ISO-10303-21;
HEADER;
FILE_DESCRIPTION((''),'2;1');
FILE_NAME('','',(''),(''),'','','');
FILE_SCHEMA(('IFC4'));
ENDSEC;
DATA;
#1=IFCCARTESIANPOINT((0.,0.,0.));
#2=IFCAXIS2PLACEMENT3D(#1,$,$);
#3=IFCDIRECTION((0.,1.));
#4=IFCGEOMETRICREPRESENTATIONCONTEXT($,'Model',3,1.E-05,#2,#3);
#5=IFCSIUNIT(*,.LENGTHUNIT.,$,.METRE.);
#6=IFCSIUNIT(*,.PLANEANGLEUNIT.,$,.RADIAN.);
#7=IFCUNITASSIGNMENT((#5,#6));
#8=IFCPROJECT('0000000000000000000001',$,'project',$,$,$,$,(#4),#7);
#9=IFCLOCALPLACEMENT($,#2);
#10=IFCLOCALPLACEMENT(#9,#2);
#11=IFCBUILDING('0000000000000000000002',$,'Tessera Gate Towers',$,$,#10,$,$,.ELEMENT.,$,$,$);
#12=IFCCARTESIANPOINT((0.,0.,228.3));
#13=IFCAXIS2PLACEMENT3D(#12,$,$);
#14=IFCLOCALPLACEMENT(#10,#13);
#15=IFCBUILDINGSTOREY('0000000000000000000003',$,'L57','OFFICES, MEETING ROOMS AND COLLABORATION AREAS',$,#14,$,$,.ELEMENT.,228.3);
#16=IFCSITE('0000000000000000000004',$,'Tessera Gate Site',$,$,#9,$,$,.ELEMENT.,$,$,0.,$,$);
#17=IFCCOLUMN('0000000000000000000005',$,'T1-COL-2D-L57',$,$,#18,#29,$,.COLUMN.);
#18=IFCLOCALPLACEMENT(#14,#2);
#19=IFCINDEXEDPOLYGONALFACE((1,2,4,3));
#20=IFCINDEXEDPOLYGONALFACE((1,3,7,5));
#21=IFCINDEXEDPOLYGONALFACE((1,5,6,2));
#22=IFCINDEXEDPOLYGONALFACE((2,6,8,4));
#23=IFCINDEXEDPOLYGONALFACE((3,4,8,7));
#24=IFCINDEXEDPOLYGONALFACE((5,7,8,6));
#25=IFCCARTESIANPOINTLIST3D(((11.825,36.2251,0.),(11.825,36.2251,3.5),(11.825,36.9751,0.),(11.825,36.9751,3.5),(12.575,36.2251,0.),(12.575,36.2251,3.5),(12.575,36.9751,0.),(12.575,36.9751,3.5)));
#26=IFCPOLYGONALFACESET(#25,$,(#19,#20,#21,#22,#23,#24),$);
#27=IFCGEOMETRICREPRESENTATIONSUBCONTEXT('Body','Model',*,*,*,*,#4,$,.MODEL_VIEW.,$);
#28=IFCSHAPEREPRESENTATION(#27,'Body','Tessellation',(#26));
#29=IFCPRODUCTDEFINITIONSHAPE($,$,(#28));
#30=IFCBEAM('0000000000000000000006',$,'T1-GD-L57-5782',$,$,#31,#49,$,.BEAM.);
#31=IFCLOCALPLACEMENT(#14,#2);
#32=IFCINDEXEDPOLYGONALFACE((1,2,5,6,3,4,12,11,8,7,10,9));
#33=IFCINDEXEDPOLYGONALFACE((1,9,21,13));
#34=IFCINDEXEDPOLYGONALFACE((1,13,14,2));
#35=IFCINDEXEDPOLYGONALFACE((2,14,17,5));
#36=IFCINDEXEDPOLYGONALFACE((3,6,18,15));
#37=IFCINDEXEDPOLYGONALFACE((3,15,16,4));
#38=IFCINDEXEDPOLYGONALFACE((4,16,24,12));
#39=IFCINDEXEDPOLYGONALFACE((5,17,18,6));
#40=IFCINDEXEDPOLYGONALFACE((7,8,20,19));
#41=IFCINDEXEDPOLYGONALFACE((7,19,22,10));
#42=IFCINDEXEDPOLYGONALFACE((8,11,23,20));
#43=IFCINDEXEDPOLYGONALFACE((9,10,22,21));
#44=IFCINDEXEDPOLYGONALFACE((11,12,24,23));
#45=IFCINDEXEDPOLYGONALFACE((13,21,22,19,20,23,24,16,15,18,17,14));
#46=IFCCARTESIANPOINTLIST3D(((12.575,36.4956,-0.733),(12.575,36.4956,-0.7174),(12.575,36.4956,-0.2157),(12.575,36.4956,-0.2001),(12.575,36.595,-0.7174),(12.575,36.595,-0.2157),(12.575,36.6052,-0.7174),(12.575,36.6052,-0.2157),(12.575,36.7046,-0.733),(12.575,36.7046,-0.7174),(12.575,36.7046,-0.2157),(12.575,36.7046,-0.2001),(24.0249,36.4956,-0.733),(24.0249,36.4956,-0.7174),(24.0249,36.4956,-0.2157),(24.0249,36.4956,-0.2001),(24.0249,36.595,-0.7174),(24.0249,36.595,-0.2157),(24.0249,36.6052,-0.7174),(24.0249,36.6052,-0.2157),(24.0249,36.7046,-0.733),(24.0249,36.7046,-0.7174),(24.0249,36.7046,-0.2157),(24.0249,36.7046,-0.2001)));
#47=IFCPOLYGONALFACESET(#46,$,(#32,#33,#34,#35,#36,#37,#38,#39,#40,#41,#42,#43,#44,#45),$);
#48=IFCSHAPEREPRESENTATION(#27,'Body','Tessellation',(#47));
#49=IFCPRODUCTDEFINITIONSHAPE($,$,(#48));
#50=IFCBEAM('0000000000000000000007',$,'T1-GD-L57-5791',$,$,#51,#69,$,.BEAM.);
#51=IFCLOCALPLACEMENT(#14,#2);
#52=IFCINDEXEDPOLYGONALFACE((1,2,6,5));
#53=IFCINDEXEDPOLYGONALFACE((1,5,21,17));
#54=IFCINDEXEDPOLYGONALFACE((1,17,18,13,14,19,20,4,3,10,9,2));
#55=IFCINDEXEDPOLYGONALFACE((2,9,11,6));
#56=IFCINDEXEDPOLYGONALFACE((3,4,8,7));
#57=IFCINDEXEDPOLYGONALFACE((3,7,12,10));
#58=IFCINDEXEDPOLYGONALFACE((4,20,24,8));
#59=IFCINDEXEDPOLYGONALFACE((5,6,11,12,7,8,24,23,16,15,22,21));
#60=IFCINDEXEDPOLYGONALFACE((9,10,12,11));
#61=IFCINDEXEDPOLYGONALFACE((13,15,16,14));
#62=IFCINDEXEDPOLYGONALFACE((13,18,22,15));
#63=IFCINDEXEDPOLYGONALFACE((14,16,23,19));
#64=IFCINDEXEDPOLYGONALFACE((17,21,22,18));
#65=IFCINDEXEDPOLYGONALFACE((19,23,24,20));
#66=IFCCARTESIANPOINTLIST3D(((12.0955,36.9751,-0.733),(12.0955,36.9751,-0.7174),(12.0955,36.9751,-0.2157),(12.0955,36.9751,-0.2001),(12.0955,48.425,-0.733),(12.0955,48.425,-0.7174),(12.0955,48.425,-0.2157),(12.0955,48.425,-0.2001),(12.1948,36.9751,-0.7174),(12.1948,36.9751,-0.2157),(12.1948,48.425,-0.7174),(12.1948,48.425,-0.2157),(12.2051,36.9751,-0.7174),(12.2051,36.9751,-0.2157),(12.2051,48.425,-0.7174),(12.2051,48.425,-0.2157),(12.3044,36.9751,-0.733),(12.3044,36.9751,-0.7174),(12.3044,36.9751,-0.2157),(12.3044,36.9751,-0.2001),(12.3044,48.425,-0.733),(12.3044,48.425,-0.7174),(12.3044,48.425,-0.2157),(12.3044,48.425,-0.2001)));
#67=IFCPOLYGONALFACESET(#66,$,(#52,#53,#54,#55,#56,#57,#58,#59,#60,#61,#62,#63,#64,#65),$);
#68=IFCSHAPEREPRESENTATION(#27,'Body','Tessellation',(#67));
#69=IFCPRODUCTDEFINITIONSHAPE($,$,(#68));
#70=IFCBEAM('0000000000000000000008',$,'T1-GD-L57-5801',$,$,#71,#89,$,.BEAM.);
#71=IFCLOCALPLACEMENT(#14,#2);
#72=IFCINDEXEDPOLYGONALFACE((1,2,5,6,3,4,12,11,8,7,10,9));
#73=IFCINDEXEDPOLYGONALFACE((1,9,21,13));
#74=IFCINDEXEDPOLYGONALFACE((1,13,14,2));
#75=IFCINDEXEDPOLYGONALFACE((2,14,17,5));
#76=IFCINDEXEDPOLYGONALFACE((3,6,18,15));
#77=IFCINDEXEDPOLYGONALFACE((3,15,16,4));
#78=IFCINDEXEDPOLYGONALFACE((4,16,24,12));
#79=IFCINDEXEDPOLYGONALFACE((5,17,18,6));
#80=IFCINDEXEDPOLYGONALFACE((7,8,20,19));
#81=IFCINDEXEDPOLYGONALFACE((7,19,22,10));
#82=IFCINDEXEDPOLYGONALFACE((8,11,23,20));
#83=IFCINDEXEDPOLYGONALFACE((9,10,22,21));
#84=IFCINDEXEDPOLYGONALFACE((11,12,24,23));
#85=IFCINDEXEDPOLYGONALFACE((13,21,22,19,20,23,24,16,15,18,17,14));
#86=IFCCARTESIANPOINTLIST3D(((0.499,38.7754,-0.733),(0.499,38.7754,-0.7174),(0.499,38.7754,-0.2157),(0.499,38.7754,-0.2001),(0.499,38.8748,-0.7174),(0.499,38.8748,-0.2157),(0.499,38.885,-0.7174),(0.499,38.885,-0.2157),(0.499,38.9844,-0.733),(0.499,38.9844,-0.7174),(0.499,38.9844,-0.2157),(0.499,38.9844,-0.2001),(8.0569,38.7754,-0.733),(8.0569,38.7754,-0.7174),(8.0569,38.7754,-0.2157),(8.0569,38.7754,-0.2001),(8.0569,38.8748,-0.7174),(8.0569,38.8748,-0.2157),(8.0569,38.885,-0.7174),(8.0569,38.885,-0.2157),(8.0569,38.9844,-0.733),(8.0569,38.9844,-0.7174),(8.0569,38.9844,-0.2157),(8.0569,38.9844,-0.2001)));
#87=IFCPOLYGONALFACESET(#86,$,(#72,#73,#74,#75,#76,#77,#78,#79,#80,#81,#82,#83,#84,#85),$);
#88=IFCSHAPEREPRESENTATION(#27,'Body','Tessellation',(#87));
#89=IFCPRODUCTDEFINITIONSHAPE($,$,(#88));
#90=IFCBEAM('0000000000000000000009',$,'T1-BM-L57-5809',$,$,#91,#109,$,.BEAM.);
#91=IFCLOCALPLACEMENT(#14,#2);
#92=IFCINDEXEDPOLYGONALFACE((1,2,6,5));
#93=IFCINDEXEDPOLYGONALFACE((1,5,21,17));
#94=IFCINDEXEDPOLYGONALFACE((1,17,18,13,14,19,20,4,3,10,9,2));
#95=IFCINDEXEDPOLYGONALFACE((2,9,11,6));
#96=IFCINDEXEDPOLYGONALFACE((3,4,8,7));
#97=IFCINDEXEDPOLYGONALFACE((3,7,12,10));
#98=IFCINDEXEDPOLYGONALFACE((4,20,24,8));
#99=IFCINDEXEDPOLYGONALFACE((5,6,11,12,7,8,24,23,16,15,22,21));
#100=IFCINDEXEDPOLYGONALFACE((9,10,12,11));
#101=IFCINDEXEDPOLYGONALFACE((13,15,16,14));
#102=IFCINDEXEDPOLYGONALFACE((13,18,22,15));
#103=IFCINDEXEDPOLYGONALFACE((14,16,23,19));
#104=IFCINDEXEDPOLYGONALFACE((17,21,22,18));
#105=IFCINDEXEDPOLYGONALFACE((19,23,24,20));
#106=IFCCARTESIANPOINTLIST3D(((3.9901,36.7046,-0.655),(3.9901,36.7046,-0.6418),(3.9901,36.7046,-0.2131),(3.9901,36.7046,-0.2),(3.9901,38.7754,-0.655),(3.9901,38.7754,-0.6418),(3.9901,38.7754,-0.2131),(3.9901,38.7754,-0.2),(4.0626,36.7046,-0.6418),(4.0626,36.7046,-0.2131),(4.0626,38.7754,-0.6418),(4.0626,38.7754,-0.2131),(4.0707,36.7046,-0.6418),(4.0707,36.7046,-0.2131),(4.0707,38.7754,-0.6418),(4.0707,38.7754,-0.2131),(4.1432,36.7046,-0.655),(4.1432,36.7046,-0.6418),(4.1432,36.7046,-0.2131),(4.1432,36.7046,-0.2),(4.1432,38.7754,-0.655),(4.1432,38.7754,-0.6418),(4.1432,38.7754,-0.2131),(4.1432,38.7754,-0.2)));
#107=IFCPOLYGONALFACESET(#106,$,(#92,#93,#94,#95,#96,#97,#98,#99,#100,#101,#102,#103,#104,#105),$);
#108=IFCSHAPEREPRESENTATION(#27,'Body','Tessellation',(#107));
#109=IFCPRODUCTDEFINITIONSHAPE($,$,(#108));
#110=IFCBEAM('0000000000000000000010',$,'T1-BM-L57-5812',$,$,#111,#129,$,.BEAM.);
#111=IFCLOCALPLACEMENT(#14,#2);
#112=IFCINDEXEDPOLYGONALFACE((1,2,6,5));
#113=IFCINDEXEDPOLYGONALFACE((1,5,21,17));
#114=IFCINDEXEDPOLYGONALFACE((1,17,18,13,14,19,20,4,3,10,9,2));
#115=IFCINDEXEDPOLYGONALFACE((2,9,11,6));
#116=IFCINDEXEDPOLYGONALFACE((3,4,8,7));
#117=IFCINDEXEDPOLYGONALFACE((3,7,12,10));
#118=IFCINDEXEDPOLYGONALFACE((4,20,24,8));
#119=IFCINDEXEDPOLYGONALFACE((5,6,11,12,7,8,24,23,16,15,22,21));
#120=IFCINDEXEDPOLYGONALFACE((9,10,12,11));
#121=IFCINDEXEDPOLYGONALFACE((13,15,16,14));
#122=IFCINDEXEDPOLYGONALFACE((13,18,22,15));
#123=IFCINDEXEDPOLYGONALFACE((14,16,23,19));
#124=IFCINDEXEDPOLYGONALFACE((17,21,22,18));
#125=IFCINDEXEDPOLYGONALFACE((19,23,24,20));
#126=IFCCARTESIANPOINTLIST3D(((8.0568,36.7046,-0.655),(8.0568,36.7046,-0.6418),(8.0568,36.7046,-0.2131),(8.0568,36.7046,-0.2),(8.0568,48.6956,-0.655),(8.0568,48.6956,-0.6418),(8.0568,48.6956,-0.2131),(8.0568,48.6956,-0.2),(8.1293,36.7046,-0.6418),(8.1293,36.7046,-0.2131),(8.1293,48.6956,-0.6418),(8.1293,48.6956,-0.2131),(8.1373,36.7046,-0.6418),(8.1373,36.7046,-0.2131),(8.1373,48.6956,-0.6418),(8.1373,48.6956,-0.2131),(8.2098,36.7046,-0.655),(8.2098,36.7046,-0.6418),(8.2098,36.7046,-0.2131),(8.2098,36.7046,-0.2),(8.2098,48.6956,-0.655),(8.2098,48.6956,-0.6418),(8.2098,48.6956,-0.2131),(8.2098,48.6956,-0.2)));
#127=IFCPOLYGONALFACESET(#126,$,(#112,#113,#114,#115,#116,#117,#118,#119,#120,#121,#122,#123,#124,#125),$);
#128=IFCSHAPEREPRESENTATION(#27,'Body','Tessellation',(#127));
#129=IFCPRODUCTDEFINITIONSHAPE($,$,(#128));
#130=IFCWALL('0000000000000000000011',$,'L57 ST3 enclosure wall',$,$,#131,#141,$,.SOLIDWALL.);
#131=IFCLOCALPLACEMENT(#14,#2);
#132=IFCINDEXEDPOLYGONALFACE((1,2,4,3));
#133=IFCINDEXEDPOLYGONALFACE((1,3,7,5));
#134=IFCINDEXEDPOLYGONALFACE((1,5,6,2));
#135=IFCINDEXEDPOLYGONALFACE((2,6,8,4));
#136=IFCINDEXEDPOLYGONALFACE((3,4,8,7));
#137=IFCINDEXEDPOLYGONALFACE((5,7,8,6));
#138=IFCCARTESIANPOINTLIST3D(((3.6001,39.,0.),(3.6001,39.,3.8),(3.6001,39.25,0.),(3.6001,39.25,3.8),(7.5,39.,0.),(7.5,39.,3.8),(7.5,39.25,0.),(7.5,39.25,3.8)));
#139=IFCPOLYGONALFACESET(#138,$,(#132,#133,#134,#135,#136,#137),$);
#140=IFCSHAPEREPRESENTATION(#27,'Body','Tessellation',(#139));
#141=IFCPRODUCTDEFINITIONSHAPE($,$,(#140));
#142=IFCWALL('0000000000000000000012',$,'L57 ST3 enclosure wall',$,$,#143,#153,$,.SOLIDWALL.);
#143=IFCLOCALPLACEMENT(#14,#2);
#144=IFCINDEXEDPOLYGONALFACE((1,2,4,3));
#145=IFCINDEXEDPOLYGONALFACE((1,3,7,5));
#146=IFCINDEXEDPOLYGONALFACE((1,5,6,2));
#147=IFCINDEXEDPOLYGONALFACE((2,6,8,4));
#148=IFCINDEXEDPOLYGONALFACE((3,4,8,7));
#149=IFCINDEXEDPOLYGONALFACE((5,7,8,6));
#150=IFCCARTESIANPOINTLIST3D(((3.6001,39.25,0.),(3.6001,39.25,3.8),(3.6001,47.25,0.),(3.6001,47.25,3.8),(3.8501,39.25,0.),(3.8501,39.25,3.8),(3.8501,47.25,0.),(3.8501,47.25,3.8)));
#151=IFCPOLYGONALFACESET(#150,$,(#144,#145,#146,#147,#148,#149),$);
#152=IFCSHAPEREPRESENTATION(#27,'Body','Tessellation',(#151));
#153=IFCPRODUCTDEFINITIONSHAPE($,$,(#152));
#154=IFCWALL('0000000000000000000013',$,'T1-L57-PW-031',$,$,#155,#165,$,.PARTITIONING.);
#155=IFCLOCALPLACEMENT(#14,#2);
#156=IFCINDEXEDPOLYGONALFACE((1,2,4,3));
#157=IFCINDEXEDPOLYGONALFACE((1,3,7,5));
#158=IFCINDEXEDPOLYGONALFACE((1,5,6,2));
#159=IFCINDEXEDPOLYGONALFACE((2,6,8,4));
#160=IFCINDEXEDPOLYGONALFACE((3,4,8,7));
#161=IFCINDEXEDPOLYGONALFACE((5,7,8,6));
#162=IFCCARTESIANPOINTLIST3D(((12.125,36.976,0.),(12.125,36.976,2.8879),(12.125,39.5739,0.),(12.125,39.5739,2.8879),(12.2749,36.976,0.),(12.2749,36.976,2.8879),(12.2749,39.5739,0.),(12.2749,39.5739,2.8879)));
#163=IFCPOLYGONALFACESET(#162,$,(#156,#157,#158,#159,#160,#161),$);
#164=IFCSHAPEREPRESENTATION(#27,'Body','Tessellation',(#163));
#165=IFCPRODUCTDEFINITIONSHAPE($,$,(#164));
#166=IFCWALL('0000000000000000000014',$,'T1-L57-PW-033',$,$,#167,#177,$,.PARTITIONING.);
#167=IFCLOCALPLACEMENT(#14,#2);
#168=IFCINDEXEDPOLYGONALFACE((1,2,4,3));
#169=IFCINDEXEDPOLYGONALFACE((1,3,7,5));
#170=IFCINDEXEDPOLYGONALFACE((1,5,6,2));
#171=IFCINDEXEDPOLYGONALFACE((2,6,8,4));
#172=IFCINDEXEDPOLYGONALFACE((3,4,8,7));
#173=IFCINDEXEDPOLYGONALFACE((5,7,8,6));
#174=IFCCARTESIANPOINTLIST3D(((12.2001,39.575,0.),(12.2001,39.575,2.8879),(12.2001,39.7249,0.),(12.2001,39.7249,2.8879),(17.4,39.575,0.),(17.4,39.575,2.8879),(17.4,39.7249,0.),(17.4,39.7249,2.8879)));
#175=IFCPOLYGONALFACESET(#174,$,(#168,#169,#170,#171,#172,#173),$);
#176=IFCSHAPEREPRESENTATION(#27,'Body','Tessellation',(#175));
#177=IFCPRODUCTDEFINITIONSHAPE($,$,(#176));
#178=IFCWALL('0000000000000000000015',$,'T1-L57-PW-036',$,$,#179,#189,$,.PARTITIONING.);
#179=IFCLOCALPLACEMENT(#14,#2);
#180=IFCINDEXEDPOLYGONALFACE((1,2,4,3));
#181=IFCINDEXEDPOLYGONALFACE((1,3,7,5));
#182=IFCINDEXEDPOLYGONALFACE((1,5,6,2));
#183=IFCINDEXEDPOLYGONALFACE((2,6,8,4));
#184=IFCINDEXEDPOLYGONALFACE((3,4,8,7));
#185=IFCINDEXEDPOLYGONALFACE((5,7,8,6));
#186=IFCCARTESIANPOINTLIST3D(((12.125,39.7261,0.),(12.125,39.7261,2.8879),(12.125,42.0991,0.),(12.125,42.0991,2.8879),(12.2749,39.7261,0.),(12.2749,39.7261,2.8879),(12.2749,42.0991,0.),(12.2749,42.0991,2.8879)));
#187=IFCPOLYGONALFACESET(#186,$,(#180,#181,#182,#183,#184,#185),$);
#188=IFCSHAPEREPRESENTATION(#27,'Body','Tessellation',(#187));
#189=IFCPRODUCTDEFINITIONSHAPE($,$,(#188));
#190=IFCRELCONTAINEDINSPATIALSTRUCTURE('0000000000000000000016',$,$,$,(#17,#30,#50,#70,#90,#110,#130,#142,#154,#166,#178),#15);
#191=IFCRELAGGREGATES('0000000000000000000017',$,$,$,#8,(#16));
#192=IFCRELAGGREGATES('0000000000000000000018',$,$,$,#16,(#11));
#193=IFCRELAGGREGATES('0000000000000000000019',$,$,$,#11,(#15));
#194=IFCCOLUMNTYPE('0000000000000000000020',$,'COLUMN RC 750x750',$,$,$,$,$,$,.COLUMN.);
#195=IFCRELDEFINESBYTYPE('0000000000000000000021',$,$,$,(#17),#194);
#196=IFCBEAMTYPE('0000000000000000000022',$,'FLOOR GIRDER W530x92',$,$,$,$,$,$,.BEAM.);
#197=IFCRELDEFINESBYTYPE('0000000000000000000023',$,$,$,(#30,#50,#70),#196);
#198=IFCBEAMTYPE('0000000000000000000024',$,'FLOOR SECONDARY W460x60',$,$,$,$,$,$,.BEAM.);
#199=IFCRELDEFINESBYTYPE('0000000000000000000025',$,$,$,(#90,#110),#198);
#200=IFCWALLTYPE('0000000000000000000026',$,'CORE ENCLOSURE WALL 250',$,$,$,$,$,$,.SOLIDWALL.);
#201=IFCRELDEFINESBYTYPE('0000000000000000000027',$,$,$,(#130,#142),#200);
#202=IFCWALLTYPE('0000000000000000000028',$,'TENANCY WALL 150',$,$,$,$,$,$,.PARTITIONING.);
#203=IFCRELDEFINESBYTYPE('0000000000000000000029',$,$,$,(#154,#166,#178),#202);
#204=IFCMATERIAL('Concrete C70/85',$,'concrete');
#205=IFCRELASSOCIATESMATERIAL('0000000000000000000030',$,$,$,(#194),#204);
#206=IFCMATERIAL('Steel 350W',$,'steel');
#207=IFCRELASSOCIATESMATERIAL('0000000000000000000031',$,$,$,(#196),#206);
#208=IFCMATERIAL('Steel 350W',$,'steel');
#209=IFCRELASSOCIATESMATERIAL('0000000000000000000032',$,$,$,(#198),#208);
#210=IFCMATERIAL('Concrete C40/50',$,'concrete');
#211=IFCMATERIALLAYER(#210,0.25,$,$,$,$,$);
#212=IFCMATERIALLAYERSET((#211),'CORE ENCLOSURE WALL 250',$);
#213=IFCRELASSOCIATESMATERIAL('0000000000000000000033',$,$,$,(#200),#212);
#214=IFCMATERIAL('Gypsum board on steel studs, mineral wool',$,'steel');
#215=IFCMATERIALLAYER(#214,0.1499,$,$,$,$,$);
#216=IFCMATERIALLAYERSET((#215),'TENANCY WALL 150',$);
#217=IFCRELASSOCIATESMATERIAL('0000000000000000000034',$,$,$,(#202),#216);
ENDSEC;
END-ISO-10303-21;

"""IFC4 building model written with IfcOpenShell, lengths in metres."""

from ifc_helpers import new_model, si_unit, direction, frame, frame_2d, origin, origin_2d, place, context, subcontext, project, spatial, rectangle, i_section, extrude, material, layer, layer_set, material_profile, profile_set, type_object, element, save


model = new_model("IFC4")

# Units and contexts
model_context = context("Model", 3, precision=1e-05, world=origin(), true_north=direction((0.0, 1.0)))
body_context = subcontext(model_context, "Body", "Model", "MODEL_VIEW")
ifc_project = project(units=[si_unit("LENGTHUNIT", "METRE"), si_unit("PLANEANGLEUNIT", "RADIAN")], contexts=[model_context])

# Site, building, storey
site_placement = place(None, origin())
site = spatial("IfcSite", under=ifc_project, at=site_placement, Name="Tessera Gate Site", CompositionType="ELEMENT", RefElevation=0.0)
building_placement = place(site_placement, origin())
building = spatial("IfcBuilding", under=site, at=building_placement, Name="Tessera Gate Towers", CompositionType="ELEMENT")
storey_placement = place(building_placement, frame((0.0, 0.0, 228.3)))
storey = spatial("IfcBuildingStorey", under=building, at=storey_placement, Name="L57", Description="OFFICES, MEETING ROOMS AND COLLABORATION AREAS", CompositionType="ELEMENT", Elevation=228.3)

# Column
ifc_material_1 = material(Name="Concrete C70/85", Category="concrete")
ifc_material_profile_1 = material_profile(ifc_material_1, rectangle(XDim=0.75, YDim=0.75, at=origin_2d()), Name="RC 750x750")
ifc_profile_set_1 = profile_set([ifc_material_profile_1], Name="Concrete C70/85")
column_type = type_object("IfcColumnType", Name="COLUMN RC 750x750", PredefinedType="COLUMN", material=ifc_profile_set_1)
column_placement = place(storey_placement, frame((12.2, 36.6001, 0.0), z_axis=(0.0, 0.0, 1.0), x_axis=(1.0, 0.0, 0.0)))
element("IfcColumn", 1, at=column_placement, inside=storey, type_object=column_type, Name="T1-COL-2D-L57", PredefinedType="COLUMN", context=body_context, shape_type="SweptSolid", body=[
    extrude(rectangle(XDim=0.75, YDim=0.75, at=origin_2d()), origin(), (0.0, 0.0, 1.0), 3.5),
])

# Beams
ifc_material_2 = material(Name="Steel 350W", Category="steel")
ifc_material_profile_2 = material_profile(ifc_material_2, i_section(OverallWidth=0.209, OverallDepth=0.533, WebThickness=0.0103, FlangeThickness=0.0156, at=origin_2d()), Name="W530x92")
ifc_profile_set_2 = profile_set([ifc_material_profile_2], Name="Steel 350W")
beam_type_1 = type_object("IfcBeamType", Name="FLOOR GIRDER W530x92", PredefinedType="BEAM", material=ifc_profile_set_2)
for number, where, z_axis, x_axis, name in (
    (2, (12.575, 36.6001, -0.4666), (1.0, 0.0, 0.0), (0.0, 1.0, 0.0), "T1-GD-L57-5782"),
    (3, (12.2, 36.9751, -0.4666), (0.0, 1.0, 0.0), (-1.0, 0.0, 0.0), "T1-GD-L57-5791"),
):
    element("IfcBeam", number, at=place(storey_placement, frame(where, z_axis=z_axis, x_axis=x_axis)), inside=storey, type_object=beam_type_1, Name=name, PredefinedType="BEAM", context=body_context, shape_type="SweptSolid", body=[
        extrude(i_section(OverallWidth=0.209, OverallDepth=0.533, WebThickness=0.0103, FlangeThickness=0.0156, at=origin_2d()), origin(), (0.0, 0.0, 1.0), 11.45),
    ])
beam_1_placement = place(storey_placement, frame((0.499, 38.8799, -0.4666), z_axis=(1.0, 0.0, 0.0), x_axis=(0.0, 1.0, 0.0)))
element("IfcBeam", 4, at=beam_1_placement, inside=storey, type_object=beam_type_1, Name="T1-GD-L57-5801", PredefinedType="BEAM", context=body_context, shape_type="SweptSolid", body=[
    extrude(i_section(OverallWidth=0.209, OverallDepth=0.533, WebThickness=0.0103, FlangeThickness=0.0156, at=origin_2d()), origin(), (0.0, 0.0, 1.0), 7.5579),
])
ifc_material_3 = material(Name="Steel 350W", Category="steel")
ifc_material_profile_3 = material_profile(ifc_material_3, i_section(OverallWidth=0.1531, OverallDepth=0.4551, WebThickness=0.0081, FlangeThickness=0.0132, at=origin_2d()), Name="W460x60")
ifc_profile_set_3 = profile_set([ifc_material_profile_3], Name="Steel 350W")
beam_type_2 = type_object("IfcBeamType", Name="FLOOR SECONDARY W460x60", PredefinedType="BEAM", material=ifc_profile_set_3)
beam_2_placement = place(storey_placement, frame((4.0667, 36.7046, -0.4275), z_axis=(0.0, 1.0, 0.0), x_axis=(-1.0, 0.0, 0.0)))
element("IfcBeam", 5, at=beam_2_placement, inside=storey, type_object=beam_type_2, Name="T1-BM-L57-5809", PredefinedType="BEAM", context=body_context, shape_type="SweptSolid", body=[
    extrude(i_section(OverallWidth=0.1531, OverallDepth=0.4551, WebThickness=0.0081, FlangeThickness=0.0132, at=origin_2d()), origin(), (0.0, 0.0, 1.0), 2.0708),
])
beam_3_placement = place(storey_placement, frame((8.1333, 36.7046, -0.4275), z_axis=(0.0, 1.0, 0.0), x_axis=(-1.0, 0.0, 0.0)))
element("IfcBeam", 6, at=beam_3_placement, inside=storey, type_object=beam_type_2, Name="T1-BM-L57-5812", PredefinedType="BEAM", context=body_context, shape_type="SweptSolid", body=[
    extrude(i_section(OverallWidth=0.1531, OverallDepth=0.4551, WebThickness=0.0081, FlangeThickness=0.0132, at=origin_2d()), origin(), (0.0, 0.0, 1.0), 11.991),
])

# Walls
ifc_material_4 = material(Name="Concrete C40/50", Category="concrete")
ifc_layer_1 = layer(ifc_material_4, 0.25)
ifc_layer_set_1 = layer_set([ifc_layer_1], Name="CORE ENCLOSURE WALL 250")
wall_type_1 = type_object("IfcWallType", Name="CORE ENCLOSURE WALL 250", PredefinedType="SOLIDWALL", material=ifc_layer_set_1)
wall_1_placement = place(storey_placement, frame((7.5, 39.125, 0.0), z_axis=(0.0, 0.0, 1.0), x_axis=(-1.0, 0.0, 0.0)))
element("IfcWall", 7, at=wall_1_placement, inside=storey, type_object=wall_type_1, Name="L57 ST3 enclosure wall", PredefinedType="SOLIDWALL", context=body_context, shape_type="SweptSolid", body=[
    extrude(rectangle(XDim=3.8999, YDim=0.25, at=frame_2d((1.95, 0.0))), origin(), (0.0, 0.0, 1.0), 3.8),
])
wall_2_placement = place(storey_placement, frame((3.7251, 39.25, 0.0), z_axis=(0.0, 0.0, 1.0), x_axis=(0.0, 1.0, 0.0)))
element("IfcWall", 8, at=wall_2_placement, inside=storey, type_object=wall_type_1, Name="L57 ST3 enclosure wall", PredefinedType="SOLIDWALL", context=body_context, shape_type="SweptSolid", body=[
    extrude(rectangle(XDim=8.0, YDim=0.25, at=frame_2d((4.0, 0.0))), origin(), (0.0, 0.0, 1.0), 3.8),
])
ifc_material_5 = material(Name="Gypsum board on steel studs, mineral wool", Category="steel")
ifc_layer_2 = layer(ifc_material_5, 0.1499)
ifc_layer_set_2 = layer_set([ifc_layer_2], Name="TENANCY WALL 150")
wall_type_2 = type_object("IfcWallType", Name="TENANCY WALL 150", PredefinedType="PARTITIONING", material=ifc_layer_set_2)
wall_3_placement = place(storey_placement, frame((12.2, 36.9761, 0.0), z_axis=(0.0, 0.0, 1.0), x_axis=(0.0, 1.0, 0.0)))
element("IfcWall", 9, at=wall_3_placement, inside=storey, type_object=wall_type_2, Name="T1-L57-PW-031", PredefinedType="PARTITIONING", context=body_context, shape_type="SweptSolid", body=[
    extrude(rectangle(XDim=2.5979, YDim=0.1499, at=frame_2d((1.2988, 0.0))), origin(), (0.0, 0.0, 1.0), 2.8879),
])
wall_4_placement = place(storey_placement, frame((12.2, 39.6499, 0.0), z_axis=(0.0, 0.0, 1.0), x_axis=(1.0, 0.0, 0.0)))
element("IfcWall", 10, at=wall_4_placement, inside=storey, type_object=wall_type_2, Name="T1-L57-PW-033", PredefinedType="PARTITIONING", context=body_context, shape_type="SweptSolid", body=[
    extrude(rectangle(XDim=5.2, YDim=0.1499, at=frame_2d((2.6001, 0.0))), origin(), (0.0, 0.0, 1.0), 2.8879),
])
wall_5_placement = place(storey_placement, frame((12.2, 39.7261, 0.0), z_axis=(0.0, 0.0, 1.0), x_axis=(0.0, 1.0, 0.0)))
element("IfcWall", 11, at=wall_5_placement, inside=storey, type_object=wall_type_2, Name="T1-L57-PW-036", PredefinedType="PARTITIONING", context=body_context, shape_type="SweptSolid", body=[
    extrude(rectangle(XDim=2.373, YDim=0.1499, at=frame_2d((1.1865, 0.0))), origin(), (0.0, 0.0, 1.0), 2.8879),
])

save(model, "model.ifc")
